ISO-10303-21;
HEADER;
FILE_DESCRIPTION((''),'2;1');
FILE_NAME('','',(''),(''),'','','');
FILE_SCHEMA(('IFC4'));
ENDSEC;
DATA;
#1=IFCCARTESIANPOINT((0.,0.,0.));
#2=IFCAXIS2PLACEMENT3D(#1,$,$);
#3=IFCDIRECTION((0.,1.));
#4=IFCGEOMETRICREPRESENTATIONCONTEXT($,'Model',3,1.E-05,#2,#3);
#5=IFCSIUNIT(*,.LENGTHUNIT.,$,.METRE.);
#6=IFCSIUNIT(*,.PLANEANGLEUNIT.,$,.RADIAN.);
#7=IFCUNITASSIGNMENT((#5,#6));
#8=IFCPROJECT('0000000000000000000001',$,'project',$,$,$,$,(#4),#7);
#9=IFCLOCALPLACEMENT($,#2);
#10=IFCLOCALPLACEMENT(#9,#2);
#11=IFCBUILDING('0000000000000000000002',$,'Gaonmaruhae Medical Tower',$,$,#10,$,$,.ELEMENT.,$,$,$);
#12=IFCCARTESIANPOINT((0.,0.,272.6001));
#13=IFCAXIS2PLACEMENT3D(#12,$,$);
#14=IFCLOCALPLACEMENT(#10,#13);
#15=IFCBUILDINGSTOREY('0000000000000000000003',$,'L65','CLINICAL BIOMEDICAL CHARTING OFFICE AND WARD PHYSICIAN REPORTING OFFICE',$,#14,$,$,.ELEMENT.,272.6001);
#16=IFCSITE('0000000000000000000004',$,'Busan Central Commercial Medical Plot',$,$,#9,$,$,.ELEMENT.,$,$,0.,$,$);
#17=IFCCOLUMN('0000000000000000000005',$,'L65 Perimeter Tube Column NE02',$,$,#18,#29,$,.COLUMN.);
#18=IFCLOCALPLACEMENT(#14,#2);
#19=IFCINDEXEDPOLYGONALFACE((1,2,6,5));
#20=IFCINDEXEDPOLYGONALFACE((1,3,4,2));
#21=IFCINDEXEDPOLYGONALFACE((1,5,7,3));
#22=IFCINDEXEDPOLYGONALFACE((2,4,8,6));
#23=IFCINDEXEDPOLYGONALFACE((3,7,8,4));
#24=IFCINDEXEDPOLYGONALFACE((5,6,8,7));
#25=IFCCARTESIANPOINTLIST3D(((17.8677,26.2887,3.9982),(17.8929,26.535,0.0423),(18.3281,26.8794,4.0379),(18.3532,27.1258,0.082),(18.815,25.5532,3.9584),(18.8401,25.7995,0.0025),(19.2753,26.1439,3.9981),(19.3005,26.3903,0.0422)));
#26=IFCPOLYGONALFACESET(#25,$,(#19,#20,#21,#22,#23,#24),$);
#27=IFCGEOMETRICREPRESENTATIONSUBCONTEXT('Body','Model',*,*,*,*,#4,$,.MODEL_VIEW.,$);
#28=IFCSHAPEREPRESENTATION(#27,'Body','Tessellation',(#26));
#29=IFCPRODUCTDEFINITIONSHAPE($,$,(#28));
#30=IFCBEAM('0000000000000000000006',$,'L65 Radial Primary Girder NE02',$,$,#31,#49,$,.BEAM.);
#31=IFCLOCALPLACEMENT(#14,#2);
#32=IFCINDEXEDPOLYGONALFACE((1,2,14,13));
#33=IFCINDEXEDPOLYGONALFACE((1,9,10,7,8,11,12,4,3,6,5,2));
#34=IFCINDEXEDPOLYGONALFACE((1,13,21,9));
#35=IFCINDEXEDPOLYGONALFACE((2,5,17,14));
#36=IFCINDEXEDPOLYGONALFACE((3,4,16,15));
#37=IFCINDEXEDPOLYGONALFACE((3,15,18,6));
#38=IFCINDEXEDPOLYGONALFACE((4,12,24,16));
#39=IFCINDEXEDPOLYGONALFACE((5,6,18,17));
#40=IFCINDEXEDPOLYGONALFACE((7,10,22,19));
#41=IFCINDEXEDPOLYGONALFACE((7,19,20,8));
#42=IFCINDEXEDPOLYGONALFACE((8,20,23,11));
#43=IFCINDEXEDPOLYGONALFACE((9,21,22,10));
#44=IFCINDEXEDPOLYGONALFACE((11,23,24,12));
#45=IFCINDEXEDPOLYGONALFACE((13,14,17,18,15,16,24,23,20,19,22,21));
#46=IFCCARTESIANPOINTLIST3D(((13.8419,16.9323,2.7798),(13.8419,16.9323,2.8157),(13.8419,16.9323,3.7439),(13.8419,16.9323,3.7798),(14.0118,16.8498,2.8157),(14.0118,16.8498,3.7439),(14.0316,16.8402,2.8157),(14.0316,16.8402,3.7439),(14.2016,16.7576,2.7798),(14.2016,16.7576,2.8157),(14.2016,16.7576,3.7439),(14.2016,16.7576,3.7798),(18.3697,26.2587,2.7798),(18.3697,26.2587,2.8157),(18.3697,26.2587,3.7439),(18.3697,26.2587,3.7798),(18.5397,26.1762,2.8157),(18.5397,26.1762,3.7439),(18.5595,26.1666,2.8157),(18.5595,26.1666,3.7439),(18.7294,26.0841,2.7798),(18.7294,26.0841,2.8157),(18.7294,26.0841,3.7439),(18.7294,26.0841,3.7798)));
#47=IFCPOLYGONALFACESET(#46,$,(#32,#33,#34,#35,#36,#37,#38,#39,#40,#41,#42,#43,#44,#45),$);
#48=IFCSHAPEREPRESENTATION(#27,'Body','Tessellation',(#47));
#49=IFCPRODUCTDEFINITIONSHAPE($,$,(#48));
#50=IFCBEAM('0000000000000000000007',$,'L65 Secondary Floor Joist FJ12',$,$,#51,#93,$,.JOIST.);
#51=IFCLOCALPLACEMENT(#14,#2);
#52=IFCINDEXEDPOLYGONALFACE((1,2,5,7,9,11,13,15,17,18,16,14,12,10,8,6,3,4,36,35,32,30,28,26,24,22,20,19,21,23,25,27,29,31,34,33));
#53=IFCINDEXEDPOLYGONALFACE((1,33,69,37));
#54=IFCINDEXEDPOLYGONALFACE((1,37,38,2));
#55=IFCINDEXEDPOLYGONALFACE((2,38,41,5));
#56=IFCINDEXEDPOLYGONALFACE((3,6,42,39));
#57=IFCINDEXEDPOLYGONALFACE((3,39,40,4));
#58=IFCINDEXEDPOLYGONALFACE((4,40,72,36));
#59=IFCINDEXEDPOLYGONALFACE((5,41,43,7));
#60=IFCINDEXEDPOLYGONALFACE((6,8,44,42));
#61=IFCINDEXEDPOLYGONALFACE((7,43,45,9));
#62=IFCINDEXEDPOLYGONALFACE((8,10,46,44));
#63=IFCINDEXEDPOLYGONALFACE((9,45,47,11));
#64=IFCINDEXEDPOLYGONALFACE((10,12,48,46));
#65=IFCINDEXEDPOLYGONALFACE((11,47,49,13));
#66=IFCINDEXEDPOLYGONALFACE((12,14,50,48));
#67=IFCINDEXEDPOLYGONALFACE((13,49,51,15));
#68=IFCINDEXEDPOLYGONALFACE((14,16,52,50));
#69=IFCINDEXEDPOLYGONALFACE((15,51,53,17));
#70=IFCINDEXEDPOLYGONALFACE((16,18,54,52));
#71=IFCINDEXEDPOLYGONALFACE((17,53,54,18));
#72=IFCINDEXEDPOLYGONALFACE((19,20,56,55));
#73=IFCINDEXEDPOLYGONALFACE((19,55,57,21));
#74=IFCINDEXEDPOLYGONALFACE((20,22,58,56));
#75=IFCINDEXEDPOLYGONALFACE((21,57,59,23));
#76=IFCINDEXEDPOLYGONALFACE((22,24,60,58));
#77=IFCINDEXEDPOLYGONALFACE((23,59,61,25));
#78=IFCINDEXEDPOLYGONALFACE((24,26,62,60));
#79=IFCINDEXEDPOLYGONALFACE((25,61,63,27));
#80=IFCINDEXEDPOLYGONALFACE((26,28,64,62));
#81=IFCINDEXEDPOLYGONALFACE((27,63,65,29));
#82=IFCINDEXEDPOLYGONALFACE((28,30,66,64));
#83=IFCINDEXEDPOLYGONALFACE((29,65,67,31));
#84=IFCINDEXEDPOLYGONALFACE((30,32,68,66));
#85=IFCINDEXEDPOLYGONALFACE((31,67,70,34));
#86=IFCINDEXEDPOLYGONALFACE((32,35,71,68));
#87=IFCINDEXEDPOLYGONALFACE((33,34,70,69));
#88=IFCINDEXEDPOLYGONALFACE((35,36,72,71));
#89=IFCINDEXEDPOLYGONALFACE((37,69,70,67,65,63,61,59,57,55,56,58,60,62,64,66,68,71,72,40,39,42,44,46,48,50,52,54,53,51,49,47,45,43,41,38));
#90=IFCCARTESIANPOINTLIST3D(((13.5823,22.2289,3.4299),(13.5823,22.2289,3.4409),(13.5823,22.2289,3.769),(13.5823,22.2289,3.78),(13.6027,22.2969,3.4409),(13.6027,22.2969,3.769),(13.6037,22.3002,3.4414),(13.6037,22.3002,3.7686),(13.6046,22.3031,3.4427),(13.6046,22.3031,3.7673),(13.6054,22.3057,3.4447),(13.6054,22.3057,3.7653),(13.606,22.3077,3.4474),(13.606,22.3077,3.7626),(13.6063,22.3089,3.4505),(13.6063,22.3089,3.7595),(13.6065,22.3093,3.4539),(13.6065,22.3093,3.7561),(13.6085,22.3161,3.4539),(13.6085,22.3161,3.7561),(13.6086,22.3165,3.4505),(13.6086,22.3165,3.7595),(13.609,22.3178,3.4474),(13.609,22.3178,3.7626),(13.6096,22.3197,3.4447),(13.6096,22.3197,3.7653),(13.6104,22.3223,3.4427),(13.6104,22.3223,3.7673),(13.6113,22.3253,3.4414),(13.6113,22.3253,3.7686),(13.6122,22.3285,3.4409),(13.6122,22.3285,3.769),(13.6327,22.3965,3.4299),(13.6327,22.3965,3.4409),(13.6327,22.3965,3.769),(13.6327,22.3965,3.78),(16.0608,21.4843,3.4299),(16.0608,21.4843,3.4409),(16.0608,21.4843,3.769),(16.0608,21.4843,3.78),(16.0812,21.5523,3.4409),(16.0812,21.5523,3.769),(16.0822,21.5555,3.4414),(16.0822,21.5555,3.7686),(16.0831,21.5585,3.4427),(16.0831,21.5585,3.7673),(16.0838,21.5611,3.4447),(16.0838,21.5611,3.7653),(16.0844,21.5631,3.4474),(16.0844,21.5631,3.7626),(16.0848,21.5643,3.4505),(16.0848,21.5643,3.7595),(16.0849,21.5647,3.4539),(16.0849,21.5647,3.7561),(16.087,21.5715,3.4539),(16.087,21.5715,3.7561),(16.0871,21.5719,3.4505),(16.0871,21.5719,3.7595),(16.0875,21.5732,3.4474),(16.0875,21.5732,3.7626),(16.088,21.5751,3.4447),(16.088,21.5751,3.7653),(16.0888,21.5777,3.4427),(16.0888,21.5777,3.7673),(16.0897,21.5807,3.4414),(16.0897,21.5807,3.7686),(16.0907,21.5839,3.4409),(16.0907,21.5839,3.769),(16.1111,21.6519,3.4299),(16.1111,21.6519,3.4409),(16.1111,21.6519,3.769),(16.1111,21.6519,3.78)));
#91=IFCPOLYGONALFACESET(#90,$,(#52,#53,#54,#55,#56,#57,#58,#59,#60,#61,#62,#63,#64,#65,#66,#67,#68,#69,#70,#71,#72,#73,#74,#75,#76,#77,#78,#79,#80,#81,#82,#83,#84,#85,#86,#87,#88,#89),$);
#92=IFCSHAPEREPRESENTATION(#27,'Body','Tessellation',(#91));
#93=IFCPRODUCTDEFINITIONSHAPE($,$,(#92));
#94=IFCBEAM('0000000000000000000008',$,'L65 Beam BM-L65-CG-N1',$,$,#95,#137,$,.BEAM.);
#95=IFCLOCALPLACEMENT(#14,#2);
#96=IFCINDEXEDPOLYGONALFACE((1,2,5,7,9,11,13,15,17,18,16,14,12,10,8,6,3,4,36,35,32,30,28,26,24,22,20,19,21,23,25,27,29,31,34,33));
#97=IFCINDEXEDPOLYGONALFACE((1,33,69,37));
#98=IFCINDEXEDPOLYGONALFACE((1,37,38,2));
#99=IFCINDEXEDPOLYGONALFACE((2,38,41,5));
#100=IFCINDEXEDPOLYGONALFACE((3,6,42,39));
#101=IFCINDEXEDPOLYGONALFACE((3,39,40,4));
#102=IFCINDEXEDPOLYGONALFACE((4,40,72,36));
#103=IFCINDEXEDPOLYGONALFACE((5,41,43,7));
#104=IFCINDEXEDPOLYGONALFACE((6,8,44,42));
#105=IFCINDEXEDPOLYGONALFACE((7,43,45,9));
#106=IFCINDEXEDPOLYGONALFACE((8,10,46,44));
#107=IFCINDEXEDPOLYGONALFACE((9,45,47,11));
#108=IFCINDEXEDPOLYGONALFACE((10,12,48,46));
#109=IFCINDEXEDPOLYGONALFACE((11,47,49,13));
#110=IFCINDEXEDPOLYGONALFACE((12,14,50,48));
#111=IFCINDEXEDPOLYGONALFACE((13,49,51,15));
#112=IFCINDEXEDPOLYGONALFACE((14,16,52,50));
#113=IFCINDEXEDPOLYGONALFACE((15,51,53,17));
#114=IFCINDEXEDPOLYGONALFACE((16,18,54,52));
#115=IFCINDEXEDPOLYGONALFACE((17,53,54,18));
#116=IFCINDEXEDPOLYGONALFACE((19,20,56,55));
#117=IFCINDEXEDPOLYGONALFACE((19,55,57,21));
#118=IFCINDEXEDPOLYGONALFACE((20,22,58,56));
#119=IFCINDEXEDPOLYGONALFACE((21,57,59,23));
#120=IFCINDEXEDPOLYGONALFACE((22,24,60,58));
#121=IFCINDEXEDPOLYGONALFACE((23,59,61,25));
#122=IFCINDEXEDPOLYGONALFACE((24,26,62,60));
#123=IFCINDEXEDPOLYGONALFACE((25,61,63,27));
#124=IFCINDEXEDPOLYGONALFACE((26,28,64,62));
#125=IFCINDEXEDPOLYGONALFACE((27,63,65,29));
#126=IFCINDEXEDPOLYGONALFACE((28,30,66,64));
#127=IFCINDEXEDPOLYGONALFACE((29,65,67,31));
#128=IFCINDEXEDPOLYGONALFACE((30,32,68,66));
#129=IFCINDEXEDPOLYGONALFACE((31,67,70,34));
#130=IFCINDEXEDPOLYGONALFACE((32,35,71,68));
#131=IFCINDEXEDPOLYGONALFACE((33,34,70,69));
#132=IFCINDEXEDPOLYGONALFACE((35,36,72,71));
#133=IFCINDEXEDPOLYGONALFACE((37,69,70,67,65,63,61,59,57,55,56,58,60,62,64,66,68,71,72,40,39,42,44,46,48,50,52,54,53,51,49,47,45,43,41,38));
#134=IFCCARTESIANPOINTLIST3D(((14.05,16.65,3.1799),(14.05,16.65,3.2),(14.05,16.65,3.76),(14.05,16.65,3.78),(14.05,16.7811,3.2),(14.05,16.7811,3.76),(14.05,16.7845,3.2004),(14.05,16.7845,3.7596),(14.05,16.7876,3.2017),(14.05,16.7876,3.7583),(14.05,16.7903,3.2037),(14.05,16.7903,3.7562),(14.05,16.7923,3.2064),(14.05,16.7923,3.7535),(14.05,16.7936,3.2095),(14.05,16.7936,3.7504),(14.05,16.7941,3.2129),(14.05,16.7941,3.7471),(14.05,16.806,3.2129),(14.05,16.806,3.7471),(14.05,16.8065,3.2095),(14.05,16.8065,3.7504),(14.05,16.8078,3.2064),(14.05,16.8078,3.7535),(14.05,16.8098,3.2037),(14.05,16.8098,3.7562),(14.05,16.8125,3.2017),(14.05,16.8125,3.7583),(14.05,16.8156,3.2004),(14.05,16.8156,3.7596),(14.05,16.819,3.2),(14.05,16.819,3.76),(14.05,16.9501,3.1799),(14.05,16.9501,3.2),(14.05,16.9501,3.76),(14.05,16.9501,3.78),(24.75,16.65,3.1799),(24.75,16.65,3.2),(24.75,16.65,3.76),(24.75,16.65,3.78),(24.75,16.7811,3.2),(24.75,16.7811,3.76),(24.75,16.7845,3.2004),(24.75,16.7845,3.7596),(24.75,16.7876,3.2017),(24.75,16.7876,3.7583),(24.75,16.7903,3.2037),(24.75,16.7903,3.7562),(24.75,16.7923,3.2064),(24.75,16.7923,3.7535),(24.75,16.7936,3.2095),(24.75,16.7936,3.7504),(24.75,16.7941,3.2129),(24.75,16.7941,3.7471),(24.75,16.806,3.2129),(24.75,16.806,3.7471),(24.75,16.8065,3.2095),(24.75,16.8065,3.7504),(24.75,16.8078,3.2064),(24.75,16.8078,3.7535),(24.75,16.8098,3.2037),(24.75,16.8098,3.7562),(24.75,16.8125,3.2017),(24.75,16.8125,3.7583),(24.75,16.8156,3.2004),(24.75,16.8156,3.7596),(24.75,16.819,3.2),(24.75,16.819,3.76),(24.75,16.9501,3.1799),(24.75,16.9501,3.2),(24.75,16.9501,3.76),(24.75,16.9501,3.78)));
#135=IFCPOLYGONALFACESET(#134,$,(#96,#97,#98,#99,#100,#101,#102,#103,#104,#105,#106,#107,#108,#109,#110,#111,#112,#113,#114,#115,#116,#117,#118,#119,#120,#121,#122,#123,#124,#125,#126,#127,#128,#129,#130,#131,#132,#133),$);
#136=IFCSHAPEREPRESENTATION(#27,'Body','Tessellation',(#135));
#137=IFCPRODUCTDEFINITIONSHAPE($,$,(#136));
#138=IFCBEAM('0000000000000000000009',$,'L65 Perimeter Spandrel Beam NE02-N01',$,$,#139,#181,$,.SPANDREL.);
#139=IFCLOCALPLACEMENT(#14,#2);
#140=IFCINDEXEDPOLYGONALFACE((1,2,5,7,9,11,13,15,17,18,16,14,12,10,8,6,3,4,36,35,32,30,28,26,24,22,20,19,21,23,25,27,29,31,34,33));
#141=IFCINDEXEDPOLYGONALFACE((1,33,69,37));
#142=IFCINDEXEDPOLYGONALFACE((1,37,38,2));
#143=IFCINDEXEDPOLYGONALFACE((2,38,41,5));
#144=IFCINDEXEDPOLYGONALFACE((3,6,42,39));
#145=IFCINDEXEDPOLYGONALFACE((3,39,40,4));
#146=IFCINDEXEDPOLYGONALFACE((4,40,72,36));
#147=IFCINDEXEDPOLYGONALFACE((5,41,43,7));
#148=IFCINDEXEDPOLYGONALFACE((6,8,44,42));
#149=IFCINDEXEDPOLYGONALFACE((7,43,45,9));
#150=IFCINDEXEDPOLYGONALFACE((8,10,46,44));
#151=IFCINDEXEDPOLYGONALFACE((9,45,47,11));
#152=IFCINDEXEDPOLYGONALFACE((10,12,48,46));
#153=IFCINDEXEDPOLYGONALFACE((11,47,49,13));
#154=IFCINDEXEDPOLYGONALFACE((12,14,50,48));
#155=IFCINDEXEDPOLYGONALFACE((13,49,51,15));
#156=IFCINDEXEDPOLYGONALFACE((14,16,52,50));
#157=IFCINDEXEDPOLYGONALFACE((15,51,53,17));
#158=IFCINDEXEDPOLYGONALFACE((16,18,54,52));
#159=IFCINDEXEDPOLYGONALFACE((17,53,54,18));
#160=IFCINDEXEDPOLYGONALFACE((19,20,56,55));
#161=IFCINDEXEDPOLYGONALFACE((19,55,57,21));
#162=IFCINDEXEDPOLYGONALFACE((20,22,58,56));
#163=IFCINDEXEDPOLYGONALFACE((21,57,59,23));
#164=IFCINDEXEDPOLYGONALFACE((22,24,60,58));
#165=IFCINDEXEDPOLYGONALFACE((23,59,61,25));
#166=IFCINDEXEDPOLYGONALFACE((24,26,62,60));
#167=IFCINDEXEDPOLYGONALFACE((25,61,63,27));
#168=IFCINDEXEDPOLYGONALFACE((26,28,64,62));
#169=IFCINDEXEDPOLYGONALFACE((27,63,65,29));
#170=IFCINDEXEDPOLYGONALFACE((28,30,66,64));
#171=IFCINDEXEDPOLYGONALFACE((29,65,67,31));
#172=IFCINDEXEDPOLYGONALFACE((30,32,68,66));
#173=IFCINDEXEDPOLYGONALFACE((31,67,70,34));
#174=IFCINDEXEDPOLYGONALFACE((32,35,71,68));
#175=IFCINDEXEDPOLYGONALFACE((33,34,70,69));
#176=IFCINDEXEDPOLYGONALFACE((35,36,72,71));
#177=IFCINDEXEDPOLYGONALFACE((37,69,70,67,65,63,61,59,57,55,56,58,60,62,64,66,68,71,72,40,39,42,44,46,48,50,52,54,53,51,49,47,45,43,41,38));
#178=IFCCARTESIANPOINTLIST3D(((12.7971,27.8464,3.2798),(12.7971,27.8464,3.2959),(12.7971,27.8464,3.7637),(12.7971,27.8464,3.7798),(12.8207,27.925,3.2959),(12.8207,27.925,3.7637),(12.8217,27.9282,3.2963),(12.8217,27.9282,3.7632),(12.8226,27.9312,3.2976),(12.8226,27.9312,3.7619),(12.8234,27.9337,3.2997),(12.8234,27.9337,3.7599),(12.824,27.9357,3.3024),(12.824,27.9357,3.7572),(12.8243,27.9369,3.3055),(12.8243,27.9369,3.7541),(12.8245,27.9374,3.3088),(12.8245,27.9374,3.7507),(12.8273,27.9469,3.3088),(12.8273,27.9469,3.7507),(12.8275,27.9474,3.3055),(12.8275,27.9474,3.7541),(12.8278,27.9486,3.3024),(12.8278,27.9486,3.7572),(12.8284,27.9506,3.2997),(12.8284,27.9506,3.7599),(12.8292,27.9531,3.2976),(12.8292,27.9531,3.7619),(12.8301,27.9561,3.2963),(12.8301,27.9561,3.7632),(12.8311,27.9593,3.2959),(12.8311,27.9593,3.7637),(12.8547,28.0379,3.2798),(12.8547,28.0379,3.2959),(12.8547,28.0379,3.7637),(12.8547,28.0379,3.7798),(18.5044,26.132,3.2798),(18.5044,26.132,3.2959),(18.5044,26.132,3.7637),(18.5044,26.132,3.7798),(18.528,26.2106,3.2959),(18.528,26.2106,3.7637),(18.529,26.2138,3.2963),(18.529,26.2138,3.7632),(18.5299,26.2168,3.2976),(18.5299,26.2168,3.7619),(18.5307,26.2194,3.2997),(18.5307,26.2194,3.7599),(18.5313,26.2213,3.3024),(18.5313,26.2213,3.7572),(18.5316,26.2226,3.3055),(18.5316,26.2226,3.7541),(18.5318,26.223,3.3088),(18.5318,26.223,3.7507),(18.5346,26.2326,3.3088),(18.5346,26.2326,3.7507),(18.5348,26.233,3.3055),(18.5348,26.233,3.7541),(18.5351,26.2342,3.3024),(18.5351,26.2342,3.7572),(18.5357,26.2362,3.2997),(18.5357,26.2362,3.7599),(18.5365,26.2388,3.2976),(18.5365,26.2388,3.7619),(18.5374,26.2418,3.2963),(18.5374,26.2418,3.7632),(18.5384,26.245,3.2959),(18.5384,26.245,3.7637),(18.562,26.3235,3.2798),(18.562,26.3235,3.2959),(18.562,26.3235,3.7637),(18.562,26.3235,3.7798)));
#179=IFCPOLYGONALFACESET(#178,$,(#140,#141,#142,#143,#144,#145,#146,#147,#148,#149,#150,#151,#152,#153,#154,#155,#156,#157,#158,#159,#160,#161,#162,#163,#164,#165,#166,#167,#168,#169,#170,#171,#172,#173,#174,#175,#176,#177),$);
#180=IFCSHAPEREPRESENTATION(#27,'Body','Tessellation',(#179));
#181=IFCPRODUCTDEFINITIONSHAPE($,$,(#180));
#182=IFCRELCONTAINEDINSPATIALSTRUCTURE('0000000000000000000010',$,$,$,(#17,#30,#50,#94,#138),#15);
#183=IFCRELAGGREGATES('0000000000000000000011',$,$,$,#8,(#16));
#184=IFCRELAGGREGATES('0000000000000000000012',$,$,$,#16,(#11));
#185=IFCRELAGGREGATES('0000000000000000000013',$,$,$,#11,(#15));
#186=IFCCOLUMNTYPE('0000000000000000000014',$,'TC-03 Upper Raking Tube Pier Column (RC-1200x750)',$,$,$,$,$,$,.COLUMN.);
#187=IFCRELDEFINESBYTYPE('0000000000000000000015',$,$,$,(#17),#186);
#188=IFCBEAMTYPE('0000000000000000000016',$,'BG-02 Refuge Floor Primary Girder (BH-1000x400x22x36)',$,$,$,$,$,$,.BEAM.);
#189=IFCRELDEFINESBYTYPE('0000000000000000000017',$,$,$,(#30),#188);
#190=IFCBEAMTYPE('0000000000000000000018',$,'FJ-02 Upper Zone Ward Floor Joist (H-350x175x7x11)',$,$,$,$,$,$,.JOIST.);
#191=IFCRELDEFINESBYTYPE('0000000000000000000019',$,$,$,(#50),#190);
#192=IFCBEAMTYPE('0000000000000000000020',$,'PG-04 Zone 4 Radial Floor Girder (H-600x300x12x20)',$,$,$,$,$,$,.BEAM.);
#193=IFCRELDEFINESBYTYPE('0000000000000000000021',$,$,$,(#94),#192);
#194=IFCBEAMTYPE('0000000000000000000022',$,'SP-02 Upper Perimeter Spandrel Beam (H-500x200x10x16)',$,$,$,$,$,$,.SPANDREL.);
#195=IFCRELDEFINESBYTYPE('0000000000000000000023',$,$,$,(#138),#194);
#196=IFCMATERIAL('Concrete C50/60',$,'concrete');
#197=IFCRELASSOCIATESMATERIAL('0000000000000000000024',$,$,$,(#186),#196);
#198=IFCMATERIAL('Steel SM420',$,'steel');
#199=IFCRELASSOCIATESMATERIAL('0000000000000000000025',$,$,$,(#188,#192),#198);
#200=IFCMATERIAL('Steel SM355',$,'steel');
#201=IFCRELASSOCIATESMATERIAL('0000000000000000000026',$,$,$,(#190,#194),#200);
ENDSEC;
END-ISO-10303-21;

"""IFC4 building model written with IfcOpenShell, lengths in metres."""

from ifc_helpers import new_model, si_unit, direction, frame, origin, origin_2d, place, context, subcontext, project, spatial, rectangle, i_section, extrude, material, material_profile, profile_set, type_object, element, save


model = new_model("IFC4")

# Units and contexts
model_context = context("Model", 3, precision=1e-05, world=origin(), true_north=direction((0.0, 1.0)))
body_context = subcontext(model_context, "Body", "Model", "MODEL_VIEW")
ifc_project = project(units=[si_unit("LENGTHUNIT", "METRE"), si_unit("PLANEANGLEUNIT", "RADIAN")], contexts=[model_context])

# Site, building, storey
site_placement = place(None, origin())
site = spatial("IfcSite", under=ifc_project, at=site_placement, Name="Busan Central Commercial Medical Plot", CompositionType="ELEMENT", RefElevation=0.0)
building_placement = place(site_placement, origin())
building = spatial("IfcBuilding", under=site, at=building_placement, Name="Gaonmaruhae Medical Tower", CompositionType="ELEMENT")
storey_placement = place(building_placement, frame((0.0, 0.0, 272.6001)))
storey = spatial("IfcBuildingStorey", under=building, at=storey_placement, Name="L65", Description="CLINICAL BIOMEDICAL CHARTING OFFICE AND WARD PHYSICIAN REPORTING OFFICE", CompositionType="ELEMENT", Elevation=272.6001)

# Column
ifc_material_1 = material(Name="Concrete C50/60", Category="concrete")
ifc_material_profile_1 = material_profile(ifc_material_1, rectangle(XDim=1.2, YDim=0.75, at=origin_2d()), Name="RC-1200x750")
ifc_profile_set_1 = profile_set([ifc_material_profile_1], Name="Concrete C50/60")
column_type = type_object("IfcColumnType", Name="TC-03 Upper Raking Tube Pier Column (RC-1200x750)", PredefinedType="COLUMN", material=ifc_profile_set_1)
column_placement = place(storey_placement, frame((18.5967, 26.4626, 0.0422), z_axis=(-0.006344, -0.062151, 0.998047), x_axis=(-0.789418, 0.61296, 0.033152)))
element("IfcColumn", 1, at=column_placement, inside=storey, type_object=column_type, Name="L65 Perimeter Tube Column NE02", PredefinedType="COLUMN", context=body_context, shape_type="SweptSolid", body=[
    extrude(rectangle(XDim=1.2, YDim=0.75, at=origin_2d()), origin(), (0.0, 0.0, 1.0), 3.9636),
])

# Beams
ifc_material_2 = material(Name="Steel SM420", Category="steel")
ifc_material_profile_2 = material_profile(ifc_material_2, i_section(OverallWidth=0.3999, OverallDepth=1.0, WebThickness=0.022, FlangeThickness=0.0359, at=origin_2d()), Name="BH-1000x400x22x36")
ifc_profile_set_2 = profile_set([ifc_material_profile_2], Name="Steel SM420")
beam_type_1 = type_object("IfcBeamType", Name="BG-02 Refuge Floor Primary Girder (BH-1000x400x22x36)", PredefinedType="BEAM", material=ifc_profile_set_2)
beam_1_placement = place(storey_placement, frame((14.0217, 16.845, 3.2798), z_axis=(0.436737, 0.899589, 0.0), x_axis=(-0.899589, 0.436737, 0.0)))
element("IfcBeam", 2, at=beam_1_placement, inside=storey, type_object=beam_type_1, Name="L65 Radial Primary Girder NE02", PredefinedType="BEAM", context=body_context, shape_type="SweptSolid", body=[
    extrude(i_section(OverallWidth=0.3999, OverallDepth=1.0, WebThickness=0.022, FlangeThickness=0.0359, at=origin_2d()), origin(), (0.0, 0.0, 1.0), 10.3674),
])
ifc_material_3 = material(Name="Steel SM355", Category="steel")
ifc_material_profile_3 = material_profile(ifc_material_3, i_section(OverallWidth=0.175, OverallDepth=0.3501, WebThickness=0.0071, FlangeThickness=0.011, FilletRadius=0.0129, at=origin_2d()), Name="H-350x175x7x11")
ifc_profile_set_3 = profile_set([ifc_material_profile_3], Name="Steel SM355")
beam_type_2 = type_object("IfcBeamType", Name="FJ-02 Upper Zone Ward Floor Joist (H-350x175x7x11)", PredefinedType="JOIST", material=ifc_profile_set_3)
beam_2_placement = place(storey_placement, frame((16.0859, 21.5681, 3.605), z_axis=(-0.957712, 0.287729, 0.0), x_axis=(-0.287729, -0.957712, 0.0)))
element("IfcBeam", 3, at=beam_2_placement, inside=storey, type_object=beam_type_2, Name="L65 Secondary Floor Joist FJ12", PredefinedType="JOIST", context=body_context, shape_type="SweptSolid", body=[
    extrude(i_section(OverallWidth=0.175, OverallDepth=0.3501, WebThickness=0.0071, FlangeThickness=0.011, FilletRadius=0.0129, at=origin_2d()), origin(), (0.0, 0.0, 1.0), 2.5879),
])
ifc_material_profile_4 = material_profile(ifc_material_2, i_section(OverallWidth=0.3, OverallDepth=0.6001, WebThickness=0.012, FlangeThickness=0.02, FilletRadius=0.0129, at=origin_2d()), Name="H-600x300x12x20")
ifc_profile_set_4 = profile_set([ifc_material_profile_4], Name="Steel SM420")
beam_type_3 = type_object("IfcBeamType", Name="PG-04 Zone 4 Radial Floor Girder (H-600x300x12x20)", PredefinedType="BEAM", material=ifc_profile_set_4)
beam_3_placement = place(storey_placement, frame((14.05, 16.8, 3.48), z_axis=(1.0, 0.0, 0.0), x_axis=(0.0, 1.0, 0.0)))
element("IfcBeam", 4, at=beam_3_placement, inside=storey, type_object=beam_type_3, Name="L65 Beam BM-L65-CG-N1", PredefinedType="BEAM", context=body_context, shape_type="SweptSolid", body=[
    extrude(i_section(OverallWidth=0.3, OverallDepth=0.6001, WebThickness=0.012, FlangeThickness=0.02, FilletRadius=0.0129, at=origin_2d()), origin(), (0.0, 0.0, 1.0), 10.7),
])
ifc_material_profile_5 = material_profile(ifc_material_3, i_section(OverallWidth=0.2, OverallDepth=0.5, WebThickness=0.01, FlangeThickness=0.0161, FilletRadius=0.0129, at=origin_2d()), Name="H-500x200x10x16")
ifc_profile_set_5 = profile_set([ifc_material_profile_5], Name="Steel SM355")
beam_type_4 = type_object("IfcBeamType", Name="SP-02 Upper Perimeter Spandrel Beam (H-500x200x10x16)", PredefinedType="SPANDREL", material=ifc_profile_set_5)
beam_4_placement = place(storey_placement, frame((18.5332, 26.2278, 3.5298), z_axis=(-0.957726, 0.287682, 0.0), x_axis=(-0.287682, -0.957726, 0.0)))
element("IfcBeam", 5, at=beam_4_placement, inside=storey, type_object=beam_type_4, Name="L65 Perimeter Spandrel Beam NE02-N01", PredefinedType="SPANDREL", context=body_context, shape_type="SweptSolid", body=[
    extrude(i_section(OverallWidth=0.2, OverallDepth=0.5, WebThickness=0.01, FlangeThickness=0.0161, FilletRadius=0.0129, at=origin_2d()), origin(), (0.0, 0.0, 1.0), 5.9592),
])

save(model, "model.ifc")
